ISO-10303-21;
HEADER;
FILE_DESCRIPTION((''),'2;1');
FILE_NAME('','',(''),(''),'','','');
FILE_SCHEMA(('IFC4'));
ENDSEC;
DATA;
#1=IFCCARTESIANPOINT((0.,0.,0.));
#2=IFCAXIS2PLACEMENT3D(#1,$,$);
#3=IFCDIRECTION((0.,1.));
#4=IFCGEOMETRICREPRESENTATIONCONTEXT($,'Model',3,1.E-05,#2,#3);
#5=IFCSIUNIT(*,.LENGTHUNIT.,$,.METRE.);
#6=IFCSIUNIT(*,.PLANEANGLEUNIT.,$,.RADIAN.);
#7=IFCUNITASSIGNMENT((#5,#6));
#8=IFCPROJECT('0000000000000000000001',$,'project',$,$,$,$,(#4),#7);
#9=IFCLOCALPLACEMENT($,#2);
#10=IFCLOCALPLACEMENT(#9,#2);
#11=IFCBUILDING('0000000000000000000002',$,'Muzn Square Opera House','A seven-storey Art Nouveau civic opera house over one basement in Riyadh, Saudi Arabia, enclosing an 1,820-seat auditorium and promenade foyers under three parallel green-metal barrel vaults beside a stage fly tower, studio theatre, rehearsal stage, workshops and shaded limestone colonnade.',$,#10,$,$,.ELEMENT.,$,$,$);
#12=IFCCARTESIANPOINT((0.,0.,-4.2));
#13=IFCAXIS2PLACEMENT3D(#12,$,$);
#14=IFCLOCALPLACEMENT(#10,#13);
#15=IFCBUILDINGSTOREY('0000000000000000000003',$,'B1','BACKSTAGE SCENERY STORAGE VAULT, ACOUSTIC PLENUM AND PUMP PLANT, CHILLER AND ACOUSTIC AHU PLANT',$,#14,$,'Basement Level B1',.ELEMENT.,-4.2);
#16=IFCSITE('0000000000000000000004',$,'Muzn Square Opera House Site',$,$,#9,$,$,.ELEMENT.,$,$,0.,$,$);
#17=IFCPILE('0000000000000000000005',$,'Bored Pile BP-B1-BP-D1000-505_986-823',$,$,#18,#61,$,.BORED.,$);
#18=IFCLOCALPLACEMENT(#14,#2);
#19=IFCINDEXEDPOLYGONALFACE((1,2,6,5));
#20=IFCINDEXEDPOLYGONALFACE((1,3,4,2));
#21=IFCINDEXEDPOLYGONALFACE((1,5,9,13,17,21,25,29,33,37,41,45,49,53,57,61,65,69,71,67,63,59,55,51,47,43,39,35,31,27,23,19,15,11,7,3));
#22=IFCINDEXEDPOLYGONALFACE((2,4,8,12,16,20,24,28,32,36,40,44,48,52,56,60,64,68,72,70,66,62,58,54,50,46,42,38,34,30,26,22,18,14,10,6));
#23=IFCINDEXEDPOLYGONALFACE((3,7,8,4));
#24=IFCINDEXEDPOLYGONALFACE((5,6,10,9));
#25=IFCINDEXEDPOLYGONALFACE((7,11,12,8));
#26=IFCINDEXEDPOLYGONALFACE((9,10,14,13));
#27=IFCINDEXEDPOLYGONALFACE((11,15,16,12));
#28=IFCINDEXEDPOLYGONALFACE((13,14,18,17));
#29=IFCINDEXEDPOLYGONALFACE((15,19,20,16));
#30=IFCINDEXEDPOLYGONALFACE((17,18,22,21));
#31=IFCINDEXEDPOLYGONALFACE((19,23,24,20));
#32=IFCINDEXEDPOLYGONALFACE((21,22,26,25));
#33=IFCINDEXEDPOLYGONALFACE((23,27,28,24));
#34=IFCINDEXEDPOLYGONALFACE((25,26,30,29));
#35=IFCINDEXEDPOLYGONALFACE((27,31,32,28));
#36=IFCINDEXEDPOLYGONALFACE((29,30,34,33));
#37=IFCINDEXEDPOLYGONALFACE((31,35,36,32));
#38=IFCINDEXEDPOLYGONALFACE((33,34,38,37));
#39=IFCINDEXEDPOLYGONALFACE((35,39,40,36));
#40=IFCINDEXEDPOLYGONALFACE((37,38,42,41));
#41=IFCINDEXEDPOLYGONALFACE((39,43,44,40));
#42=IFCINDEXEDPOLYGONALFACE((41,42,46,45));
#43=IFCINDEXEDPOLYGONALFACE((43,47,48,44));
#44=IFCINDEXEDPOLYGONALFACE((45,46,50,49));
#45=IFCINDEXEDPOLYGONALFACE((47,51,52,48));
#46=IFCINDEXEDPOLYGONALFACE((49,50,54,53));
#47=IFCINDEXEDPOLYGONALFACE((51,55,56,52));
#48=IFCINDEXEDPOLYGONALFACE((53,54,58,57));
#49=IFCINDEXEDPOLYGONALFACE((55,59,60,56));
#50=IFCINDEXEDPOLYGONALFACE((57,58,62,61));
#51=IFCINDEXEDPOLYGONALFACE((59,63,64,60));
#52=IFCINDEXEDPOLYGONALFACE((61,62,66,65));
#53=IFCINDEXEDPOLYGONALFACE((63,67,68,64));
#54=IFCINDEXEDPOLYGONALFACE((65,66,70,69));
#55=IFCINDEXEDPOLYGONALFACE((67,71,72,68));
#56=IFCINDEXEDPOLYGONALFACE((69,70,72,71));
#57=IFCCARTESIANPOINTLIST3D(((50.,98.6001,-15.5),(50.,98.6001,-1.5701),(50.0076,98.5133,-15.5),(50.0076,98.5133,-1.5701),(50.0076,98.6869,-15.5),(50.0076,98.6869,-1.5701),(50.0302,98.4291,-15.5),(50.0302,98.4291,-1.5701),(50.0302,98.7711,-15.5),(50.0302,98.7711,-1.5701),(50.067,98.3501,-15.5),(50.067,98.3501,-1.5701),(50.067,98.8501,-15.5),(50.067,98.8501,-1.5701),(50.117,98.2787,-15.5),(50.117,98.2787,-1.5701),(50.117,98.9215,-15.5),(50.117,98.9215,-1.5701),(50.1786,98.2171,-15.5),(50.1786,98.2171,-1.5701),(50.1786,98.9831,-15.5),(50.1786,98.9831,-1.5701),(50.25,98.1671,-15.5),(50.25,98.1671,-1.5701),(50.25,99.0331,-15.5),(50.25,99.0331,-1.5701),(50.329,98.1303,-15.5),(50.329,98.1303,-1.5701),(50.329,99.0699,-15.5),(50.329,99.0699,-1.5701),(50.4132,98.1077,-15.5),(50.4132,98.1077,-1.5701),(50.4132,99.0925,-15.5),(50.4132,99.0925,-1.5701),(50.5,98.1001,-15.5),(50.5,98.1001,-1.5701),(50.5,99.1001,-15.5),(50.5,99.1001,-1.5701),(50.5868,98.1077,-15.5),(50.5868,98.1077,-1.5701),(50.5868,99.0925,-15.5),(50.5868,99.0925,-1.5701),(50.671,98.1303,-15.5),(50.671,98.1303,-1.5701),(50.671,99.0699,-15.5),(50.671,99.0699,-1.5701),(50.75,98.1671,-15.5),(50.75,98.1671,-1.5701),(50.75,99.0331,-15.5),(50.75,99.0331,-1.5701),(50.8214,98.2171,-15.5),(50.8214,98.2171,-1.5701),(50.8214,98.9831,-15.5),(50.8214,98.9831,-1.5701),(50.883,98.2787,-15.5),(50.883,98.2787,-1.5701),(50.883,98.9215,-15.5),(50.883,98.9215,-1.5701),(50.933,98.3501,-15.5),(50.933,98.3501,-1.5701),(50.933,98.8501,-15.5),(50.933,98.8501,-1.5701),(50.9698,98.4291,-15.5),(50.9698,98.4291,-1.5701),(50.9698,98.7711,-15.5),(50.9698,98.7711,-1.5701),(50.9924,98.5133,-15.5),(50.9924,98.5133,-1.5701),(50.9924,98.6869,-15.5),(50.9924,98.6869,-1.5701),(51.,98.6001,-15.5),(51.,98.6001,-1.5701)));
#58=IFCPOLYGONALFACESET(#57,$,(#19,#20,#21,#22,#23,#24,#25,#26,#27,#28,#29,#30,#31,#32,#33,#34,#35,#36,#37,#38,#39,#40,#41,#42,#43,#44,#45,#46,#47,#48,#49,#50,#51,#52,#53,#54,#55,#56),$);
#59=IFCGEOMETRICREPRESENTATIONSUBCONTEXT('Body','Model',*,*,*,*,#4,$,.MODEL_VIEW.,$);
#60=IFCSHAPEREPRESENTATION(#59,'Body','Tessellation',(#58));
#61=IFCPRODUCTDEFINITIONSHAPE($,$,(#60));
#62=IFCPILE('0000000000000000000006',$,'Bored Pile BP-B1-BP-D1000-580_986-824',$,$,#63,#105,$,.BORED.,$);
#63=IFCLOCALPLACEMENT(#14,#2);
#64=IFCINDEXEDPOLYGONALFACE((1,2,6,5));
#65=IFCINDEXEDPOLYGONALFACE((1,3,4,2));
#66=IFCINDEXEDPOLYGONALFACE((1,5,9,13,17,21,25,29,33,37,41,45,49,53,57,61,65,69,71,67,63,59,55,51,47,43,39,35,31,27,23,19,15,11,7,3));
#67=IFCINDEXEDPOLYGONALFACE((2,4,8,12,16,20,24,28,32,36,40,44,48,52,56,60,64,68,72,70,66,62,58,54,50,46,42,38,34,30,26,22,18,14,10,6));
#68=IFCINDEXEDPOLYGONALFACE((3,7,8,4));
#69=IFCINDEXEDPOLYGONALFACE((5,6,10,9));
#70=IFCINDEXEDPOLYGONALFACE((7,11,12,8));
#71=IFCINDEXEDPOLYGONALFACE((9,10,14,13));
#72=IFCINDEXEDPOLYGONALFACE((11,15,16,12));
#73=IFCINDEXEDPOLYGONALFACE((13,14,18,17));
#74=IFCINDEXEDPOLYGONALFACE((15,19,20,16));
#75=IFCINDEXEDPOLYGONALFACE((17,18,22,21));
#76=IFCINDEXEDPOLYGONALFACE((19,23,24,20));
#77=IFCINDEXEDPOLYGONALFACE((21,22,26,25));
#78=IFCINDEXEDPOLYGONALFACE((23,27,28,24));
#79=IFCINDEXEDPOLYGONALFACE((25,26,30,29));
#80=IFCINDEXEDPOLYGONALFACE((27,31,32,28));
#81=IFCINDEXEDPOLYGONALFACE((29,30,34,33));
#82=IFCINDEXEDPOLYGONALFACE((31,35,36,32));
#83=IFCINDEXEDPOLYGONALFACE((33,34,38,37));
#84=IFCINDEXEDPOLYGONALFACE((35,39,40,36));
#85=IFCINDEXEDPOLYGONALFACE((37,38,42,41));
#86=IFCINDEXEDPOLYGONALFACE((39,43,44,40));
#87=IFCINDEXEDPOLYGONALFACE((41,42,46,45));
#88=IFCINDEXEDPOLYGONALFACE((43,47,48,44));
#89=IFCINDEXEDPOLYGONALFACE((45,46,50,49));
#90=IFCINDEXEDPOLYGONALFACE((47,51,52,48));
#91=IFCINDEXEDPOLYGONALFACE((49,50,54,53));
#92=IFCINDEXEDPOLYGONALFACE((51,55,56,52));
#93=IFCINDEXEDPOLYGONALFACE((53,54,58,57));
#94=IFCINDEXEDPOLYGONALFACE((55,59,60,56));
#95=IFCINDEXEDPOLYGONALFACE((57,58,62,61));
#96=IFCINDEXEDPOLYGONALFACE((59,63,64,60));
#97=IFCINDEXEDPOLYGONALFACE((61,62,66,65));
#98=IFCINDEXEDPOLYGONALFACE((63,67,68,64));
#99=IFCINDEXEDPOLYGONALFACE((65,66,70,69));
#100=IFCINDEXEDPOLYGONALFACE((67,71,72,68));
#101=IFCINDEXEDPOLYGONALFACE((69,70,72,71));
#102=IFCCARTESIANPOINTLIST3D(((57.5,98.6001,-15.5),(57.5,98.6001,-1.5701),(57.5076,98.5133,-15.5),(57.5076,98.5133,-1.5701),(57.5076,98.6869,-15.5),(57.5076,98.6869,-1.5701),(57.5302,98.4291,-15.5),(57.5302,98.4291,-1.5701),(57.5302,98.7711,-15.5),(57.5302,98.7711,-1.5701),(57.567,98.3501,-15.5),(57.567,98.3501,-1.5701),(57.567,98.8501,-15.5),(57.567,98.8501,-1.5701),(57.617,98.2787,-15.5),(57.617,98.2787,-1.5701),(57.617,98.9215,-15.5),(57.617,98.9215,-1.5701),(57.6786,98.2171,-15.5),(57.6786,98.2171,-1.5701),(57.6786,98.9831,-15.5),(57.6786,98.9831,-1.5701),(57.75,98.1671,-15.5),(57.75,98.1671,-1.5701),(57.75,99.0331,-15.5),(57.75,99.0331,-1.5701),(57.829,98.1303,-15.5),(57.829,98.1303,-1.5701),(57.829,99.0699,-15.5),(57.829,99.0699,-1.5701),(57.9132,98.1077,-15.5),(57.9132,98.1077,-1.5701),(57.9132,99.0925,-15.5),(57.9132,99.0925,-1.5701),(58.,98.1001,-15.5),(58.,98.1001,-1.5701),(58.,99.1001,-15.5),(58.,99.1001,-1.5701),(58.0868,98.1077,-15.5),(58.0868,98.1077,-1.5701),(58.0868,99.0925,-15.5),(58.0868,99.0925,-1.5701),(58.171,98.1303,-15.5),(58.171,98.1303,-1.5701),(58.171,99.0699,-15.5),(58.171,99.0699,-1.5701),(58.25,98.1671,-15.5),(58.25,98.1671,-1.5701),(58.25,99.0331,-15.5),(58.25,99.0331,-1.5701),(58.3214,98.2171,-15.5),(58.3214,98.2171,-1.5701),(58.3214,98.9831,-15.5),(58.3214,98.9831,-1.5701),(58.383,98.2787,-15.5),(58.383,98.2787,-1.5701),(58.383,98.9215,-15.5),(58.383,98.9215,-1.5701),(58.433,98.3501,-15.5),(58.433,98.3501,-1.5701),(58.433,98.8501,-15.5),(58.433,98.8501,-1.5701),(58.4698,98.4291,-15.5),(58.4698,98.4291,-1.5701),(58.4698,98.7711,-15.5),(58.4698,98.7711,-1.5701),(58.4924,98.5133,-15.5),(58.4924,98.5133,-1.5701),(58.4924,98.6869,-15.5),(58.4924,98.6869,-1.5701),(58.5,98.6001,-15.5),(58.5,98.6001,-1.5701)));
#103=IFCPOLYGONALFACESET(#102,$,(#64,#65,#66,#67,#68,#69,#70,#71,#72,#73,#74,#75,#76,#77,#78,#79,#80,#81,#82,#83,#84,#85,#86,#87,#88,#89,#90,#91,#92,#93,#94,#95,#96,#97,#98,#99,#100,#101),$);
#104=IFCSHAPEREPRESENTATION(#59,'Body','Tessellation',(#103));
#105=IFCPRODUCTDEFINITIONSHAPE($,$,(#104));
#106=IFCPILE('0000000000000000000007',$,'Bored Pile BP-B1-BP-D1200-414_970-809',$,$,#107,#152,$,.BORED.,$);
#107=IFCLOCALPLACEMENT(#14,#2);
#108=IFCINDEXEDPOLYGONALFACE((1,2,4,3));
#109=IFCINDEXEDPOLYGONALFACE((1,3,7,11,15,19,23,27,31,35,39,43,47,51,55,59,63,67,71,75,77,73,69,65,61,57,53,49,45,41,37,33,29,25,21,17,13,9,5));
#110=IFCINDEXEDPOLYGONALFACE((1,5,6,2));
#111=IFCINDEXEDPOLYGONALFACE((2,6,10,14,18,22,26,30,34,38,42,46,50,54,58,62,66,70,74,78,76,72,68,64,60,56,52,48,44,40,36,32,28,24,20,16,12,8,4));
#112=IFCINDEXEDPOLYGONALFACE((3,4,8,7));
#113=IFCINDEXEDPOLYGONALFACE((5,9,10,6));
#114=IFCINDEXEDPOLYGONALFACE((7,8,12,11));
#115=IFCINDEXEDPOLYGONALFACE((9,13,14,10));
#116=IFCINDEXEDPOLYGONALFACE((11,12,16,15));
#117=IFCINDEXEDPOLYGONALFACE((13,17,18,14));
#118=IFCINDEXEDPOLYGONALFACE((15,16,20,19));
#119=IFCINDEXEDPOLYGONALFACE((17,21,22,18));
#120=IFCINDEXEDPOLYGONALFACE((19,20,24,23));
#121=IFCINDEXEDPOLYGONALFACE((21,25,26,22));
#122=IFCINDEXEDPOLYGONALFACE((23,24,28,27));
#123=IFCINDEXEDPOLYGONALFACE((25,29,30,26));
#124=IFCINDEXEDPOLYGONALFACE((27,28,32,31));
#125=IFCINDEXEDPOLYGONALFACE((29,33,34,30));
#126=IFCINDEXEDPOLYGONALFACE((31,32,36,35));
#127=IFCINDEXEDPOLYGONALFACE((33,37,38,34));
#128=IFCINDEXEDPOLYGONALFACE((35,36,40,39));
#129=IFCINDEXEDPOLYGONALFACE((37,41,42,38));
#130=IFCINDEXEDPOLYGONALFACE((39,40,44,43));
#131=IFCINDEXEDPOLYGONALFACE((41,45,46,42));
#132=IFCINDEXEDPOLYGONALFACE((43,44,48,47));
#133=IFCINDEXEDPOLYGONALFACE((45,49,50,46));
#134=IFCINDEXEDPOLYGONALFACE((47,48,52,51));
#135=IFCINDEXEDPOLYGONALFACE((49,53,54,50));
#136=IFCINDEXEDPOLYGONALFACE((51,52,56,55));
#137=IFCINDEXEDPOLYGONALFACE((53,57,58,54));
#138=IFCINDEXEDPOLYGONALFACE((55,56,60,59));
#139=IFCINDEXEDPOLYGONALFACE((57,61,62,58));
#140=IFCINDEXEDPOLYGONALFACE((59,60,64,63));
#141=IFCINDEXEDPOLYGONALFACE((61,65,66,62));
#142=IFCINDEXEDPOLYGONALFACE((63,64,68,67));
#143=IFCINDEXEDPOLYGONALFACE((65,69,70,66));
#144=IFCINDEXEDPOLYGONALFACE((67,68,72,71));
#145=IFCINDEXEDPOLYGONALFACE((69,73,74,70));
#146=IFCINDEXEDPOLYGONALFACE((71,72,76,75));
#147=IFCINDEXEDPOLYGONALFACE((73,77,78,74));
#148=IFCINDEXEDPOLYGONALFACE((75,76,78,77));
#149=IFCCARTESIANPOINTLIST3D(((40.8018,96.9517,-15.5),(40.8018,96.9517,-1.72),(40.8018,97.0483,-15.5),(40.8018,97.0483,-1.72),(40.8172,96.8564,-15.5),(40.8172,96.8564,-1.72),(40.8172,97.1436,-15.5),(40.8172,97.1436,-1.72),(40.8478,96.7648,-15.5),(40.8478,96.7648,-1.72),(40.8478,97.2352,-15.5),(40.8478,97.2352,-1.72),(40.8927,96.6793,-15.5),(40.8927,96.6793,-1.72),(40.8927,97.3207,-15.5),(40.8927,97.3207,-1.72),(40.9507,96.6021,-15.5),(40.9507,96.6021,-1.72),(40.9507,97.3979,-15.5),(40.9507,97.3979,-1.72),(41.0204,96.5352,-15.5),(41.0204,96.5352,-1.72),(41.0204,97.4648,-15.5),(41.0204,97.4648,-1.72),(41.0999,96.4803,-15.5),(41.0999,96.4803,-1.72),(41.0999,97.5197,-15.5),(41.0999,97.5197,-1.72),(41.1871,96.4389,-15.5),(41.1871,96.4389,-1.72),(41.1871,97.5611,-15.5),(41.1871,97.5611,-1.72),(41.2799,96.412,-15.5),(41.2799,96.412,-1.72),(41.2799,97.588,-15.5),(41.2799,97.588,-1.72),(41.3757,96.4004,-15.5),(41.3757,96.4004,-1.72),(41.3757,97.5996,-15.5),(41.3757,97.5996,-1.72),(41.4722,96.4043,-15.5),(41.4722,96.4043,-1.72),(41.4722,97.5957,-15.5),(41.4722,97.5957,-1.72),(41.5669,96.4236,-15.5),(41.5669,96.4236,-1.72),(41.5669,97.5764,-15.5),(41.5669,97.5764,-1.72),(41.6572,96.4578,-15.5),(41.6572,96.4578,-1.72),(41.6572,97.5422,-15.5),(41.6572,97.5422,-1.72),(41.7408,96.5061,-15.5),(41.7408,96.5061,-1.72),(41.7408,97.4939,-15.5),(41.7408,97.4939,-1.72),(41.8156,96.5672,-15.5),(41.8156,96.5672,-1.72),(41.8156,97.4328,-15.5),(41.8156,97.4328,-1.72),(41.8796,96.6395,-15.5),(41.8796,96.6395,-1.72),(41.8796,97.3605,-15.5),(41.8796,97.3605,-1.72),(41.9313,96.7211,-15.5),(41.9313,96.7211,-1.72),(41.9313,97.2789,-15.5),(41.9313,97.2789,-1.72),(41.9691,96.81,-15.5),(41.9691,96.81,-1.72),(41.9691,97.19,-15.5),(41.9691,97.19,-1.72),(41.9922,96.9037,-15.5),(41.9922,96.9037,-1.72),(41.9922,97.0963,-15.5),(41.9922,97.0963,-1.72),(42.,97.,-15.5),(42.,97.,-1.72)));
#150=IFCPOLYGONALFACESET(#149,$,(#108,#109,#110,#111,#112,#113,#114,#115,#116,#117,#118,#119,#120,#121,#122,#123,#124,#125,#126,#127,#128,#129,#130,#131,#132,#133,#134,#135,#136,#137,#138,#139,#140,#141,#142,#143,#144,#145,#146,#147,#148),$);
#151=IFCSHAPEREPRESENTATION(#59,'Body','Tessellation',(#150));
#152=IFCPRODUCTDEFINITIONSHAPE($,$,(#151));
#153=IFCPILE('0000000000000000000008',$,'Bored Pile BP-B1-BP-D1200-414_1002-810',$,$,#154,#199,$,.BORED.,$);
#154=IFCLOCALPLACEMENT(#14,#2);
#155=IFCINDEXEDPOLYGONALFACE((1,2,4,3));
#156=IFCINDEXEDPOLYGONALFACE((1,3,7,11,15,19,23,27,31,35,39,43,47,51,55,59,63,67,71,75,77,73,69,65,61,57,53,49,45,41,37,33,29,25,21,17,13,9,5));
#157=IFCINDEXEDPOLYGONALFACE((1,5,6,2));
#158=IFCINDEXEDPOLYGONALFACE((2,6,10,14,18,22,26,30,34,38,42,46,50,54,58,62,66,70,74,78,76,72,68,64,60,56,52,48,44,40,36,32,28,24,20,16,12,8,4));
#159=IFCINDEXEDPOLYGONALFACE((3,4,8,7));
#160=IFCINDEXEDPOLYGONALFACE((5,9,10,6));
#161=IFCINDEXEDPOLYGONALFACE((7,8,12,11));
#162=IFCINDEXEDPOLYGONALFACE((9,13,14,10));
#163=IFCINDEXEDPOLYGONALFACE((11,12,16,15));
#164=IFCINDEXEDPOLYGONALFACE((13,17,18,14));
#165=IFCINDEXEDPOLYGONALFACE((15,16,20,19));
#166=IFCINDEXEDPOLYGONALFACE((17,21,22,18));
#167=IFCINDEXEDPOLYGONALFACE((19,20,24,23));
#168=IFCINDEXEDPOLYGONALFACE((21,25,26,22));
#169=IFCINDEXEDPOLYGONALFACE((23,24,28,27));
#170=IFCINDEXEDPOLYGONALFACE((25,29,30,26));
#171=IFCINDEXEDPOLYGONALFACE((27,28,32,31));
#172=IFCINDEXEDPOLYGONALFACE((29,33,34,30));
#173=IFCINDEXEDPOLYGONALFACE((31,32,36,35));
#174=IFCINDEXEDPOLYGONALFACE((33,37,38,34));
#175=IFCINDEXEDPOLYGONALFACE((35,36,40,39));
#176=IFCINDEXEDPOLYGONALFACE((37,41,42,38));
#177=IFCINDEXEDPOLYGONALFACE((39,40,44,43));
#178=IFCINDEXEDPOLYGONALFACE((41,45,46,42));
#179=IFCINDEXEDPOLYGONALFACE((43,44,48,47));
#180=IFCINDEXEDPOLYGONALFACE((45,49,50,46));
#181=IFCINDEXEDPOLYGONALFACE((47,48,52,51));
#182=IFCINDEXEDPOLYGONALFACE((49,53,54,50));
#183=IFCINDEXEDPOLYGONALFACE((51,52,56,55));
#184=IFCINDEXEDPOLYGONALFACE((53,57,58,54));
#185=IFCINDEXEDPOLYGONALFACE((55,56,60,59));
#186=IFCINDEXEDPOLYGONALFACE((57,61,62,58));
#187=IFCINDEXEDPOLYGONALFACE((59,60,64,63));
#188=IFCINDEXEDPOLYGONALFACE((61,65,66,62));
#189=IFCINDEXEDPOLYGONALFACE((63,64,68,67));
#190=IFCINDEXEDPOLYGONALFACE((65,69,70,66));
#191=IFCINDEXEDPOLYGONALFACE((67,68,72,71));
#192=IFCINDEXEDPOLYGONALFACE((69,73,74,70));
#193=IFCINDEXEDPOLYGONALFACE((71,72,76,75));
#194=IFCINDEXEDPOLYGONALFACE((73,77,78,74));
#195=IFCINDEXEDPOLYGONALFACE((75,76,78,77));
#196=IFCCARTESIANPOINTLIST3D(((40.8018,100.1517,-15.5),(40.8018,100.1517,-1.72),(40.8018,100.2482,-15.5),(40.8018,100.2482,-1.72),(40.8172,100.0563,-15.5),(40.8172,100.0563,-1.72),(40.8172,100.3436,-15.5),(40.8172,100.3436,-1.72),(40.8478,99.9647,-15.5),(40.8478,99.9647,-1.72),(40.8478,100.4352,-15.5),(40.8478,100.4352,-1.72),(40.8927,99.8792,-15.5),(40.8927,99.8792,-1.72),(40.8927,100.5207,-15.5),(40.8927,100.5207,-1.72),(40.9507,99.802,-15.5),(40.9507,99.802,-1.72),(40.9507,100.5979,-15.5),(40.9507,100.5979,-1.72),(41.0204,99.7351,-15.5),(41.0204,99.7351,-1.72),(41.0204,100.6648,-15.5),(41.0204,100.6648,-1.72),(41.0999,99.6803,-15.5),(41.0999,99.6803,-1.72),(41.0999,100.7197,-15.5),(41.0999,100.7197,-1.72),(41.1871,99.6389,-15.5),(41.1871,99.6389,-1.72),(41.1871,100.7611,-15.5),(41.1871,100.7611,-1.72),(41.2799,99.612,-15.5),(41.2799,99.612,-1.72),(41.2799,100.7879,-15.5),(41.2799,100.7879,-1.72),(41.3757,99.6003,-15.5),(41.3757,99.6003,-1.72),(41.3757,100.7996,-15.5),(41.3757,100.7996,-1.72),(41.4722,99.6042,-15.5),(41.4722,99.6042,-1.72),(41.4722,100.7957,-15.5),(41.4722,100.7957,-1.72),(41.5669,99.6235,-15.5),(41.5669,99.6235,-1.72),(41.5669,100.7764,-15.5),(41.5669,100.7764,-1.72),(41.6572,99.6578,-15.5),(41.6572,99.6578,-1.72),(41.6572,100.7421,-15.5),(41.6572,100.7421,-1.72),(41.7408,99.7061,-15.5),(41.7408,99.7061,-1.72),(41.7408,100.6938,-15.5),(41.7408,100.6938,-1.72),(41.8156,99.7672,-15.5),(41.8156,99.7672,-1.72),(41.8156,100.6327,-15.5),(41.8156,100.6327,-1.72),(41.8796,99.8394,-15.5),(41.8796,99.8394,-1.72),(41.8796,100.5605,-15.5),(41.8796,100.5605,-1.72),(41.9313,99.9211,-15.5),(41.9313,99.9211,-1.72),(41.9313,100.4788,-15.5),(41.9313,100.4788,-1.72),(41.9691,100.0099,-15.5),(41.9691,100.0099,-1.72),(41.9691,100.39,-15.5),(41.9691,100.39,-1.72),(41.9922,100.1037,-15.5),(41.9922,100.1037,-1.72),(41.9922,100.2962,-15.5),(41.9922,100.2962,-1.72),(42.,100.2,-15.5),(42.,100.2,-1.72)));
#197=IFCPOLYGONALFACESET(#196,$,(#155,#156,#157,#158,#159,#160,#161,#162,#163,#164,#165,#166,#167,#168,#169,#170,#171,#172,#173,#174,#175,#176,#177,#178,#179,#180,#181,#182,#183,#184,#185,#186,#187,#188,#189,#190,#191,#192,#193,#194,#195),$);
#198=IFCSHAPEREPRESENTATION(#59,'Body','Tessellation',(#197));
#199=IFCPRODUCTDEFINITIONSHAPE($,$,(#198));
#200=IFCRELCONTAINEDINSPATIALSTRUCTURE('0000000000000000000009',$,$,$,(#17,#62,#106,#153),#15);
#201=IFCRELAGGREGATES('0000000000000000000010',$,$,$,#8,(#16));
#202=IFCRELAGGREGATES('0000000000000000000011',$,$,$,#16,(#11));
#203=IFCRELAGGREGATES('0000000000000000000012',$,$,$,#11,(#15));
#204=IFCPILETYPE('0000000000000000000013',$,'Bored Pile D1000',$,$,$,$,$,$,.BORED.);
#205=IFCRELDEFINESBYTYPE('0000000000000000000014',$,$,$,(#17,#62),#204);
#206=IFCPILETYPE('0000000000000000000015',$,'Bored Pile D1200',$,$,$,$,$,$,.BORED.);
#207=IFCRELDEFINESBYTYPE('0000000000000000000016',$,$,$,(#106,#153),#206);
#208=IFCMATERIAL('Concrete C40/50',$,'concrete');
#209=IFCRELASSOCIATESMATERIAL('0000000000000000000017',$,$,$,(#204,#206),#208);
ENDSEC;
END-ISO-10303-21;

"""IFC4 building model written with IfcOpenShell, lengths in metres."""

from ifc_helpers import new_model, si_unit, direction, frame, origin, origin_2d, place, context, subcontext, project, spatial, circle, extrude, material, material_profile, profile_set, type_object, element, save


model = new_model("IFC4")

# Units and contexts
model_context = context("Model", 3, precision=1e-05, world=origin(), true_north=direction((0.0, 1.0)))
body_context = subcontext(model_context, "Body", "Model", "MODEL_VIEW")
ifc_project = project(units=[si_unit("LENGTHUNIT", "METRE"), si_unit("PLANEANGLEUNIT", "RADIAN")], contexts=[model_context])

# Site, building, storey
site_placement = place(None, origin())
site = spatial("IfcSite", under=ifc_project, at=site_placement, Name="Muzn Square Opera House Site", CompositionType="ELEMENT", RefElevation=0.0)
building_placement = place(site_placement, origin())
building = spatial("IfcBuilding", under=site, at=building_placement, Name="Muzn Square Opera House", Description="A seven-storey Art Nouveau civic opera house over one basement in Riyadh, Saudi Arabia, enclosing an 1,820-seat auditorium and promenade foyers under three parallel green-metal barrel vaults beside a stage fly tower, studio theatre, rehearsal stage, workshops and shaded limestone colonnade.", CompositionType="ELEMENT")
storey_placement = place(building_placement, frame((0.0, 0.0, -4.2)))
storey = spatial("IfcBuildingStorey", under=building, at=storey_placement, Name="B1", Description="BACKSTAGE SCENERY STORAGE VAULT, ACOUSTIC PLENUM AND PUMP PLANT, CHILLER AND ACOUSTIC AHU PLANT", LongName="Basement Level B1", CompositionType="ELEMENT", Elevation=-4.2)

# Piles
ifc_material_1 = material(Name="Concrete C40/50", Category="concrete")
ifc_material_profile_1 = material_profile(ifc_material_1, circle(Radius=0.5, at=origin_2d()), Name="BORED PILE D1000", Category="concrete")
ifc_profile_set_1 = profile_set([ifc_material_profile_1], Name="Concrete C40/50")
pile_type_1 = type_object("IfcPileType", Name="Bored Pile D1000", PredefinedType="BORED", material=ifc_profile_set_1)
for number, where, z_axis, x_axis, name in (
    (1, (50.5, 98.6001, -1.5701), (0.0, 0.0, -1.0), (1.0, 0.0, 0.0), "Bored Pile BP-B1-BP-D1000-505_986-823"),
    (2, (58.0, 98.6001, -1.5701), (0.0, 0.0, -1.0), (1.0, 0.0, 0.0), "Bored Pile BP-B1-BP-D1000-580_986-824"),
):
    element("IfcPile", number, at=place(storey_placement, frame(where, z_axis=z_axis, x_axis=x_axis)), inside=storey, type_object=pile_type_1, Name=name, PredefinedType="BORED", context=body_context, shape_type="SweptSolid", body=[
        extrude(circle(Radius=0.5, at=origin_2d()), origin(), (0.0, 0.0, 1.0), 13.9299),
    ])
ifc_material_profile_2 = material_profile(ifc_material_1, circle(Radius=0.6001, at=origin_2d()), Name="BORED PILE D1200", Category="concrete")
ifc_profile_set_2 = profile_set([ifc_material_profile_2], Name="Concrete C40/50")
pile_type_2 = type_object("IfcPileType", Name="Bored Pile D1200", PredefinedType="BORED", material=ifc_profile_set_2)
for number, where, z_axis, x_axis, name in (
    (3, (41.3999, 97.0, -1.72), (0.0, 0.0, -1.0), (1.0, 0.0, 0.0), "Bored Pile BP-B1-BP-D1200-414_970-809"),
    (4, (41.3999, 100.2, -1.72), (0.0, 0.0, -1.0), (1.0, 0.0, 0.0), "Bored Pile BP-B1-BP-D1200-414_1002-810"),
):
    element("IfcPile", number, at=place(storey_placement, frame(where, z_axis=z_axis, x_axis=x_axis)), inside=storey, type_object=pile_type_2, Name=name, PredefinedType="BORED", context=body_context, shape_type="SweptSolid", body=[
        extrude(circle(Radius=0.6001, at=origin_2d()), origin(), (0.0, 0.0, 1.0), 13.78),
    ])

save(model, "model.ifc")
